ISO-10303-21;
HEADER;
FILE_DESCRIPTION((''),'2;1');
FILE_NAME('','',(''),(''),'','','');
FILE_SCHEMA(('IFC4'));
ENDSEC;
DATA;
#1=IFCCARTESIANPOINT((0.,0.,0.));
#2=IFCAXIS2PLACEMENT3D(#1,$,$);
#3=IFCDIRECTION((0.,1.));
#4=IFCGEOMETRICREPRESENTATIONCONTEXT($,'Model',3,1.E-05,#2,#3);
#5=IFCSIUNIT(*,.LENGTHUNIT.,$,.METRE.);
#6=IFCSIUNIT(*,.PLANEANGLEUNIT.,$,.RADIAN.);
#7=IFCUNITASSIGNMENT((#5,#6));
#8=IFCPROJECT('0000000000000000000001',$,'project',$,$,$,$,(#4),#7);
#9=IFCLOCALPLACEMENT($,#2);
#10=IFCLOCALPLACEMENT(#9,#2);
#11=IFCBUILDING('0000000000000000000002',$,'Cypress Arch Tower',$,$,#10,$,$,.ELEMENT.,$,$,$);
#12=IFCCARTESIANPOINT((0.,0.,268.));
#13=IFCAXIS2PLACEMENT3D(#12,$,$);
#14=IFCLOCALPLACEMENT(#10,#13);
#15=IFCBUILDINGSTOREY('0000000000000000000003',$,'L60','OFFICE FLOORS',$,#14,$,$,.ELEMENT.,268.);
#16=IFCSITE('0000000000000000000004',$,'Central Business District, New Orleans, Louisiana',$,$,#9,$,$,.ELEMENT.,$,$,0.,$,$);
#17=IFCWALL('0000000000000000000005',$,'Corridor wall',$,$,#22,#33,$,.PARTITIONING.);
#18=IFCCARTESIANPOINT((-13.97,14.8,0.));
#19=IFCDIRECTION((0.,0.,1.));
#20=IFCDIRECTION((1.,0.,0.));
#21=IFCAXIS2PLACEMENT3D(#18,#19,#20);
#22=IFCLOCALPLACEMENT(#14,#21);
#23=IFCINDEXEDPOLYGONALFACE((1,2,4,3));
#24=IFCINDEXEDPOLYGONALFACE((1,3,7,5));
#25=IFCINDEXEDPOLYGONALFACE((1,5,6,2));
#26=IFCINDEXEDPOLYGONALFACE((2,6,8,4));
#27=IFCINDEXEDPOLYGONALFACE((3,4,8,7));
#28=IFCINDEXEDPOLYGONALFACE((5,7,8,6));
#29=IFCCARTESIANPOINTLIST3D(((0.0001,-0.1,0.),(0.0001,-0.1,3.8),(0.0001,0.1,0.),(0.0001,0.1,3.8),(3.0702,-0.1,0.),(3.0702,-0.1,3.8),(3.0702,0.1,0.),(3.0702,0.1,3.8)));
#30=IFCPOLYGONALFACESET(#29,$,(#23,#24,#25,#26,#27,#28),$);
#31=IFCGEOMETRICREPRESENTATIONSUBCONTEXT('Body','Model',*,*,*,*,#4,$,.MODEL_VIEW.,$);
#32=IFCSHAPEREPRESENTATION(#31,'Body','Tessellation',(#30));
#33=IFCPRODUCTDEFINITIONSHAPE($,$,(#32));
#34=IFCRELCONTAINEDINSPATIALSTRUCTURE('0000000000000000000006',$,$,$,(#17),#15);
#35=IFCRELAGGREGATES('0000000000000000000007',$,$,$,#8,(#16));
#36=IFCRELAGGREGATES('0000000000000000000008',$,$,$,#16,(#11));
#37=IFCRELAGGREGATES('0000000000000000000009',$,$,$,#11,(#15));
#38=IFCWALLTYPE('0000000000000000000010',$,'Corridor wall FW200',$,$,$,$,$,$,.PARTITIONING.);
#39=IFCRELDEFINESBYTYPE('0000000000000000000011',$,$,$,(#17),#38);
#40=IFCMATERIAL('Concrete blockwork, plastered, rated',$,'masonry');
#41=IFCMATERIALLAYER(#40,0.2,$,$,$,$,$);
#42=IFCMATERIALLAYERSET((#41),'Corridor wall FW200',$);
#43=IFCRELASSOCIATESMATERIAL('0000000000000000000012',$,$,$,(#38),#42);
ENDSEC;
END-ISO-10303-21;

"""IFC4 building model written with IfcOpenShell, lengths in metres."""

from ifc_helpers import new_model, si_unit, direction, frame, frame_2d, origin, place, context, subcontext, project, spatial, rectangle, extrude, material, layer, layer_set, type_object, element, save


model = new_model("IFC4")

# Units and contexts
model_context = context("Model", 3, precision=1e-05, world=origin(), true_north=direction((0.0, 1.0)))
body_context = subcontext(model_context, "Body", "Model", "MODEL_VIEW")
ifc_project = project(units=[si_unit("LENGTHUNIT", "METRE"), si_unit("PLANEANGLEUNIT", "RADIAN")], contexts=[model_context])

# Site, building, storey
site_placement = place(None, origin())
site = spatial("IfcSite", under=ifc_project, at=site_placement, Name="Central Business District, New Orleans, Louisiana", CompositionType="ELEMENT", RefElevation=0.0)
building_placement = place(site_placement, origin())
building = spatial("IfcBuilding", under=site, at=building_placement, Name="Cypress Arch Tower", CompositionType="ELEMENT")
storey_placement = place(building_placement, frame((0.0, 0.0, 268.0)))
storey = spatial("IfcBuildingStorey", under=building, at=storey_placement, Name="L60", Description="OFFICE FLOORS", CompositionType="ELEMENT", Elevation=268.0)

# Wall
ifc_material_1 = material(Name="Concrete blockwork, plastered, rated", Category="masonry")
ifc_layer_1 = layer(ifc_material_1, 0.2)
ifc_layer_set_1 = layer_set([ifc_layer_1], Name="Corridor wall FW200")
wall_type_1 = type_object("IfcWallType", Name="Corridor wall FW200", PredefinedType="PARTITIONING", material=ifc_layer_set_1)
wall_1_placement = place(storey_placement, frame((-13.97, 14.8, 0.0), z_axis=(0.0, 0.0, 1.0), x_axis=(1.0, 0.0, 0.0)))
element("IfcWall", 1, at=wall_1_placement, inside=storey, type_object=wall_type_1, Name="Corridor wall", PredefinedType="PARTITIONING", context=body_context, shape_type="SweptSolid", body=[
    extrude(rectangle(XDim=3.0701, YDim=0.2, at=frame_2d((1.5352, 0.0))), origin(), (0.0, 0.0, 1.0), 3.8),
])

save(model, "model.ifc")
